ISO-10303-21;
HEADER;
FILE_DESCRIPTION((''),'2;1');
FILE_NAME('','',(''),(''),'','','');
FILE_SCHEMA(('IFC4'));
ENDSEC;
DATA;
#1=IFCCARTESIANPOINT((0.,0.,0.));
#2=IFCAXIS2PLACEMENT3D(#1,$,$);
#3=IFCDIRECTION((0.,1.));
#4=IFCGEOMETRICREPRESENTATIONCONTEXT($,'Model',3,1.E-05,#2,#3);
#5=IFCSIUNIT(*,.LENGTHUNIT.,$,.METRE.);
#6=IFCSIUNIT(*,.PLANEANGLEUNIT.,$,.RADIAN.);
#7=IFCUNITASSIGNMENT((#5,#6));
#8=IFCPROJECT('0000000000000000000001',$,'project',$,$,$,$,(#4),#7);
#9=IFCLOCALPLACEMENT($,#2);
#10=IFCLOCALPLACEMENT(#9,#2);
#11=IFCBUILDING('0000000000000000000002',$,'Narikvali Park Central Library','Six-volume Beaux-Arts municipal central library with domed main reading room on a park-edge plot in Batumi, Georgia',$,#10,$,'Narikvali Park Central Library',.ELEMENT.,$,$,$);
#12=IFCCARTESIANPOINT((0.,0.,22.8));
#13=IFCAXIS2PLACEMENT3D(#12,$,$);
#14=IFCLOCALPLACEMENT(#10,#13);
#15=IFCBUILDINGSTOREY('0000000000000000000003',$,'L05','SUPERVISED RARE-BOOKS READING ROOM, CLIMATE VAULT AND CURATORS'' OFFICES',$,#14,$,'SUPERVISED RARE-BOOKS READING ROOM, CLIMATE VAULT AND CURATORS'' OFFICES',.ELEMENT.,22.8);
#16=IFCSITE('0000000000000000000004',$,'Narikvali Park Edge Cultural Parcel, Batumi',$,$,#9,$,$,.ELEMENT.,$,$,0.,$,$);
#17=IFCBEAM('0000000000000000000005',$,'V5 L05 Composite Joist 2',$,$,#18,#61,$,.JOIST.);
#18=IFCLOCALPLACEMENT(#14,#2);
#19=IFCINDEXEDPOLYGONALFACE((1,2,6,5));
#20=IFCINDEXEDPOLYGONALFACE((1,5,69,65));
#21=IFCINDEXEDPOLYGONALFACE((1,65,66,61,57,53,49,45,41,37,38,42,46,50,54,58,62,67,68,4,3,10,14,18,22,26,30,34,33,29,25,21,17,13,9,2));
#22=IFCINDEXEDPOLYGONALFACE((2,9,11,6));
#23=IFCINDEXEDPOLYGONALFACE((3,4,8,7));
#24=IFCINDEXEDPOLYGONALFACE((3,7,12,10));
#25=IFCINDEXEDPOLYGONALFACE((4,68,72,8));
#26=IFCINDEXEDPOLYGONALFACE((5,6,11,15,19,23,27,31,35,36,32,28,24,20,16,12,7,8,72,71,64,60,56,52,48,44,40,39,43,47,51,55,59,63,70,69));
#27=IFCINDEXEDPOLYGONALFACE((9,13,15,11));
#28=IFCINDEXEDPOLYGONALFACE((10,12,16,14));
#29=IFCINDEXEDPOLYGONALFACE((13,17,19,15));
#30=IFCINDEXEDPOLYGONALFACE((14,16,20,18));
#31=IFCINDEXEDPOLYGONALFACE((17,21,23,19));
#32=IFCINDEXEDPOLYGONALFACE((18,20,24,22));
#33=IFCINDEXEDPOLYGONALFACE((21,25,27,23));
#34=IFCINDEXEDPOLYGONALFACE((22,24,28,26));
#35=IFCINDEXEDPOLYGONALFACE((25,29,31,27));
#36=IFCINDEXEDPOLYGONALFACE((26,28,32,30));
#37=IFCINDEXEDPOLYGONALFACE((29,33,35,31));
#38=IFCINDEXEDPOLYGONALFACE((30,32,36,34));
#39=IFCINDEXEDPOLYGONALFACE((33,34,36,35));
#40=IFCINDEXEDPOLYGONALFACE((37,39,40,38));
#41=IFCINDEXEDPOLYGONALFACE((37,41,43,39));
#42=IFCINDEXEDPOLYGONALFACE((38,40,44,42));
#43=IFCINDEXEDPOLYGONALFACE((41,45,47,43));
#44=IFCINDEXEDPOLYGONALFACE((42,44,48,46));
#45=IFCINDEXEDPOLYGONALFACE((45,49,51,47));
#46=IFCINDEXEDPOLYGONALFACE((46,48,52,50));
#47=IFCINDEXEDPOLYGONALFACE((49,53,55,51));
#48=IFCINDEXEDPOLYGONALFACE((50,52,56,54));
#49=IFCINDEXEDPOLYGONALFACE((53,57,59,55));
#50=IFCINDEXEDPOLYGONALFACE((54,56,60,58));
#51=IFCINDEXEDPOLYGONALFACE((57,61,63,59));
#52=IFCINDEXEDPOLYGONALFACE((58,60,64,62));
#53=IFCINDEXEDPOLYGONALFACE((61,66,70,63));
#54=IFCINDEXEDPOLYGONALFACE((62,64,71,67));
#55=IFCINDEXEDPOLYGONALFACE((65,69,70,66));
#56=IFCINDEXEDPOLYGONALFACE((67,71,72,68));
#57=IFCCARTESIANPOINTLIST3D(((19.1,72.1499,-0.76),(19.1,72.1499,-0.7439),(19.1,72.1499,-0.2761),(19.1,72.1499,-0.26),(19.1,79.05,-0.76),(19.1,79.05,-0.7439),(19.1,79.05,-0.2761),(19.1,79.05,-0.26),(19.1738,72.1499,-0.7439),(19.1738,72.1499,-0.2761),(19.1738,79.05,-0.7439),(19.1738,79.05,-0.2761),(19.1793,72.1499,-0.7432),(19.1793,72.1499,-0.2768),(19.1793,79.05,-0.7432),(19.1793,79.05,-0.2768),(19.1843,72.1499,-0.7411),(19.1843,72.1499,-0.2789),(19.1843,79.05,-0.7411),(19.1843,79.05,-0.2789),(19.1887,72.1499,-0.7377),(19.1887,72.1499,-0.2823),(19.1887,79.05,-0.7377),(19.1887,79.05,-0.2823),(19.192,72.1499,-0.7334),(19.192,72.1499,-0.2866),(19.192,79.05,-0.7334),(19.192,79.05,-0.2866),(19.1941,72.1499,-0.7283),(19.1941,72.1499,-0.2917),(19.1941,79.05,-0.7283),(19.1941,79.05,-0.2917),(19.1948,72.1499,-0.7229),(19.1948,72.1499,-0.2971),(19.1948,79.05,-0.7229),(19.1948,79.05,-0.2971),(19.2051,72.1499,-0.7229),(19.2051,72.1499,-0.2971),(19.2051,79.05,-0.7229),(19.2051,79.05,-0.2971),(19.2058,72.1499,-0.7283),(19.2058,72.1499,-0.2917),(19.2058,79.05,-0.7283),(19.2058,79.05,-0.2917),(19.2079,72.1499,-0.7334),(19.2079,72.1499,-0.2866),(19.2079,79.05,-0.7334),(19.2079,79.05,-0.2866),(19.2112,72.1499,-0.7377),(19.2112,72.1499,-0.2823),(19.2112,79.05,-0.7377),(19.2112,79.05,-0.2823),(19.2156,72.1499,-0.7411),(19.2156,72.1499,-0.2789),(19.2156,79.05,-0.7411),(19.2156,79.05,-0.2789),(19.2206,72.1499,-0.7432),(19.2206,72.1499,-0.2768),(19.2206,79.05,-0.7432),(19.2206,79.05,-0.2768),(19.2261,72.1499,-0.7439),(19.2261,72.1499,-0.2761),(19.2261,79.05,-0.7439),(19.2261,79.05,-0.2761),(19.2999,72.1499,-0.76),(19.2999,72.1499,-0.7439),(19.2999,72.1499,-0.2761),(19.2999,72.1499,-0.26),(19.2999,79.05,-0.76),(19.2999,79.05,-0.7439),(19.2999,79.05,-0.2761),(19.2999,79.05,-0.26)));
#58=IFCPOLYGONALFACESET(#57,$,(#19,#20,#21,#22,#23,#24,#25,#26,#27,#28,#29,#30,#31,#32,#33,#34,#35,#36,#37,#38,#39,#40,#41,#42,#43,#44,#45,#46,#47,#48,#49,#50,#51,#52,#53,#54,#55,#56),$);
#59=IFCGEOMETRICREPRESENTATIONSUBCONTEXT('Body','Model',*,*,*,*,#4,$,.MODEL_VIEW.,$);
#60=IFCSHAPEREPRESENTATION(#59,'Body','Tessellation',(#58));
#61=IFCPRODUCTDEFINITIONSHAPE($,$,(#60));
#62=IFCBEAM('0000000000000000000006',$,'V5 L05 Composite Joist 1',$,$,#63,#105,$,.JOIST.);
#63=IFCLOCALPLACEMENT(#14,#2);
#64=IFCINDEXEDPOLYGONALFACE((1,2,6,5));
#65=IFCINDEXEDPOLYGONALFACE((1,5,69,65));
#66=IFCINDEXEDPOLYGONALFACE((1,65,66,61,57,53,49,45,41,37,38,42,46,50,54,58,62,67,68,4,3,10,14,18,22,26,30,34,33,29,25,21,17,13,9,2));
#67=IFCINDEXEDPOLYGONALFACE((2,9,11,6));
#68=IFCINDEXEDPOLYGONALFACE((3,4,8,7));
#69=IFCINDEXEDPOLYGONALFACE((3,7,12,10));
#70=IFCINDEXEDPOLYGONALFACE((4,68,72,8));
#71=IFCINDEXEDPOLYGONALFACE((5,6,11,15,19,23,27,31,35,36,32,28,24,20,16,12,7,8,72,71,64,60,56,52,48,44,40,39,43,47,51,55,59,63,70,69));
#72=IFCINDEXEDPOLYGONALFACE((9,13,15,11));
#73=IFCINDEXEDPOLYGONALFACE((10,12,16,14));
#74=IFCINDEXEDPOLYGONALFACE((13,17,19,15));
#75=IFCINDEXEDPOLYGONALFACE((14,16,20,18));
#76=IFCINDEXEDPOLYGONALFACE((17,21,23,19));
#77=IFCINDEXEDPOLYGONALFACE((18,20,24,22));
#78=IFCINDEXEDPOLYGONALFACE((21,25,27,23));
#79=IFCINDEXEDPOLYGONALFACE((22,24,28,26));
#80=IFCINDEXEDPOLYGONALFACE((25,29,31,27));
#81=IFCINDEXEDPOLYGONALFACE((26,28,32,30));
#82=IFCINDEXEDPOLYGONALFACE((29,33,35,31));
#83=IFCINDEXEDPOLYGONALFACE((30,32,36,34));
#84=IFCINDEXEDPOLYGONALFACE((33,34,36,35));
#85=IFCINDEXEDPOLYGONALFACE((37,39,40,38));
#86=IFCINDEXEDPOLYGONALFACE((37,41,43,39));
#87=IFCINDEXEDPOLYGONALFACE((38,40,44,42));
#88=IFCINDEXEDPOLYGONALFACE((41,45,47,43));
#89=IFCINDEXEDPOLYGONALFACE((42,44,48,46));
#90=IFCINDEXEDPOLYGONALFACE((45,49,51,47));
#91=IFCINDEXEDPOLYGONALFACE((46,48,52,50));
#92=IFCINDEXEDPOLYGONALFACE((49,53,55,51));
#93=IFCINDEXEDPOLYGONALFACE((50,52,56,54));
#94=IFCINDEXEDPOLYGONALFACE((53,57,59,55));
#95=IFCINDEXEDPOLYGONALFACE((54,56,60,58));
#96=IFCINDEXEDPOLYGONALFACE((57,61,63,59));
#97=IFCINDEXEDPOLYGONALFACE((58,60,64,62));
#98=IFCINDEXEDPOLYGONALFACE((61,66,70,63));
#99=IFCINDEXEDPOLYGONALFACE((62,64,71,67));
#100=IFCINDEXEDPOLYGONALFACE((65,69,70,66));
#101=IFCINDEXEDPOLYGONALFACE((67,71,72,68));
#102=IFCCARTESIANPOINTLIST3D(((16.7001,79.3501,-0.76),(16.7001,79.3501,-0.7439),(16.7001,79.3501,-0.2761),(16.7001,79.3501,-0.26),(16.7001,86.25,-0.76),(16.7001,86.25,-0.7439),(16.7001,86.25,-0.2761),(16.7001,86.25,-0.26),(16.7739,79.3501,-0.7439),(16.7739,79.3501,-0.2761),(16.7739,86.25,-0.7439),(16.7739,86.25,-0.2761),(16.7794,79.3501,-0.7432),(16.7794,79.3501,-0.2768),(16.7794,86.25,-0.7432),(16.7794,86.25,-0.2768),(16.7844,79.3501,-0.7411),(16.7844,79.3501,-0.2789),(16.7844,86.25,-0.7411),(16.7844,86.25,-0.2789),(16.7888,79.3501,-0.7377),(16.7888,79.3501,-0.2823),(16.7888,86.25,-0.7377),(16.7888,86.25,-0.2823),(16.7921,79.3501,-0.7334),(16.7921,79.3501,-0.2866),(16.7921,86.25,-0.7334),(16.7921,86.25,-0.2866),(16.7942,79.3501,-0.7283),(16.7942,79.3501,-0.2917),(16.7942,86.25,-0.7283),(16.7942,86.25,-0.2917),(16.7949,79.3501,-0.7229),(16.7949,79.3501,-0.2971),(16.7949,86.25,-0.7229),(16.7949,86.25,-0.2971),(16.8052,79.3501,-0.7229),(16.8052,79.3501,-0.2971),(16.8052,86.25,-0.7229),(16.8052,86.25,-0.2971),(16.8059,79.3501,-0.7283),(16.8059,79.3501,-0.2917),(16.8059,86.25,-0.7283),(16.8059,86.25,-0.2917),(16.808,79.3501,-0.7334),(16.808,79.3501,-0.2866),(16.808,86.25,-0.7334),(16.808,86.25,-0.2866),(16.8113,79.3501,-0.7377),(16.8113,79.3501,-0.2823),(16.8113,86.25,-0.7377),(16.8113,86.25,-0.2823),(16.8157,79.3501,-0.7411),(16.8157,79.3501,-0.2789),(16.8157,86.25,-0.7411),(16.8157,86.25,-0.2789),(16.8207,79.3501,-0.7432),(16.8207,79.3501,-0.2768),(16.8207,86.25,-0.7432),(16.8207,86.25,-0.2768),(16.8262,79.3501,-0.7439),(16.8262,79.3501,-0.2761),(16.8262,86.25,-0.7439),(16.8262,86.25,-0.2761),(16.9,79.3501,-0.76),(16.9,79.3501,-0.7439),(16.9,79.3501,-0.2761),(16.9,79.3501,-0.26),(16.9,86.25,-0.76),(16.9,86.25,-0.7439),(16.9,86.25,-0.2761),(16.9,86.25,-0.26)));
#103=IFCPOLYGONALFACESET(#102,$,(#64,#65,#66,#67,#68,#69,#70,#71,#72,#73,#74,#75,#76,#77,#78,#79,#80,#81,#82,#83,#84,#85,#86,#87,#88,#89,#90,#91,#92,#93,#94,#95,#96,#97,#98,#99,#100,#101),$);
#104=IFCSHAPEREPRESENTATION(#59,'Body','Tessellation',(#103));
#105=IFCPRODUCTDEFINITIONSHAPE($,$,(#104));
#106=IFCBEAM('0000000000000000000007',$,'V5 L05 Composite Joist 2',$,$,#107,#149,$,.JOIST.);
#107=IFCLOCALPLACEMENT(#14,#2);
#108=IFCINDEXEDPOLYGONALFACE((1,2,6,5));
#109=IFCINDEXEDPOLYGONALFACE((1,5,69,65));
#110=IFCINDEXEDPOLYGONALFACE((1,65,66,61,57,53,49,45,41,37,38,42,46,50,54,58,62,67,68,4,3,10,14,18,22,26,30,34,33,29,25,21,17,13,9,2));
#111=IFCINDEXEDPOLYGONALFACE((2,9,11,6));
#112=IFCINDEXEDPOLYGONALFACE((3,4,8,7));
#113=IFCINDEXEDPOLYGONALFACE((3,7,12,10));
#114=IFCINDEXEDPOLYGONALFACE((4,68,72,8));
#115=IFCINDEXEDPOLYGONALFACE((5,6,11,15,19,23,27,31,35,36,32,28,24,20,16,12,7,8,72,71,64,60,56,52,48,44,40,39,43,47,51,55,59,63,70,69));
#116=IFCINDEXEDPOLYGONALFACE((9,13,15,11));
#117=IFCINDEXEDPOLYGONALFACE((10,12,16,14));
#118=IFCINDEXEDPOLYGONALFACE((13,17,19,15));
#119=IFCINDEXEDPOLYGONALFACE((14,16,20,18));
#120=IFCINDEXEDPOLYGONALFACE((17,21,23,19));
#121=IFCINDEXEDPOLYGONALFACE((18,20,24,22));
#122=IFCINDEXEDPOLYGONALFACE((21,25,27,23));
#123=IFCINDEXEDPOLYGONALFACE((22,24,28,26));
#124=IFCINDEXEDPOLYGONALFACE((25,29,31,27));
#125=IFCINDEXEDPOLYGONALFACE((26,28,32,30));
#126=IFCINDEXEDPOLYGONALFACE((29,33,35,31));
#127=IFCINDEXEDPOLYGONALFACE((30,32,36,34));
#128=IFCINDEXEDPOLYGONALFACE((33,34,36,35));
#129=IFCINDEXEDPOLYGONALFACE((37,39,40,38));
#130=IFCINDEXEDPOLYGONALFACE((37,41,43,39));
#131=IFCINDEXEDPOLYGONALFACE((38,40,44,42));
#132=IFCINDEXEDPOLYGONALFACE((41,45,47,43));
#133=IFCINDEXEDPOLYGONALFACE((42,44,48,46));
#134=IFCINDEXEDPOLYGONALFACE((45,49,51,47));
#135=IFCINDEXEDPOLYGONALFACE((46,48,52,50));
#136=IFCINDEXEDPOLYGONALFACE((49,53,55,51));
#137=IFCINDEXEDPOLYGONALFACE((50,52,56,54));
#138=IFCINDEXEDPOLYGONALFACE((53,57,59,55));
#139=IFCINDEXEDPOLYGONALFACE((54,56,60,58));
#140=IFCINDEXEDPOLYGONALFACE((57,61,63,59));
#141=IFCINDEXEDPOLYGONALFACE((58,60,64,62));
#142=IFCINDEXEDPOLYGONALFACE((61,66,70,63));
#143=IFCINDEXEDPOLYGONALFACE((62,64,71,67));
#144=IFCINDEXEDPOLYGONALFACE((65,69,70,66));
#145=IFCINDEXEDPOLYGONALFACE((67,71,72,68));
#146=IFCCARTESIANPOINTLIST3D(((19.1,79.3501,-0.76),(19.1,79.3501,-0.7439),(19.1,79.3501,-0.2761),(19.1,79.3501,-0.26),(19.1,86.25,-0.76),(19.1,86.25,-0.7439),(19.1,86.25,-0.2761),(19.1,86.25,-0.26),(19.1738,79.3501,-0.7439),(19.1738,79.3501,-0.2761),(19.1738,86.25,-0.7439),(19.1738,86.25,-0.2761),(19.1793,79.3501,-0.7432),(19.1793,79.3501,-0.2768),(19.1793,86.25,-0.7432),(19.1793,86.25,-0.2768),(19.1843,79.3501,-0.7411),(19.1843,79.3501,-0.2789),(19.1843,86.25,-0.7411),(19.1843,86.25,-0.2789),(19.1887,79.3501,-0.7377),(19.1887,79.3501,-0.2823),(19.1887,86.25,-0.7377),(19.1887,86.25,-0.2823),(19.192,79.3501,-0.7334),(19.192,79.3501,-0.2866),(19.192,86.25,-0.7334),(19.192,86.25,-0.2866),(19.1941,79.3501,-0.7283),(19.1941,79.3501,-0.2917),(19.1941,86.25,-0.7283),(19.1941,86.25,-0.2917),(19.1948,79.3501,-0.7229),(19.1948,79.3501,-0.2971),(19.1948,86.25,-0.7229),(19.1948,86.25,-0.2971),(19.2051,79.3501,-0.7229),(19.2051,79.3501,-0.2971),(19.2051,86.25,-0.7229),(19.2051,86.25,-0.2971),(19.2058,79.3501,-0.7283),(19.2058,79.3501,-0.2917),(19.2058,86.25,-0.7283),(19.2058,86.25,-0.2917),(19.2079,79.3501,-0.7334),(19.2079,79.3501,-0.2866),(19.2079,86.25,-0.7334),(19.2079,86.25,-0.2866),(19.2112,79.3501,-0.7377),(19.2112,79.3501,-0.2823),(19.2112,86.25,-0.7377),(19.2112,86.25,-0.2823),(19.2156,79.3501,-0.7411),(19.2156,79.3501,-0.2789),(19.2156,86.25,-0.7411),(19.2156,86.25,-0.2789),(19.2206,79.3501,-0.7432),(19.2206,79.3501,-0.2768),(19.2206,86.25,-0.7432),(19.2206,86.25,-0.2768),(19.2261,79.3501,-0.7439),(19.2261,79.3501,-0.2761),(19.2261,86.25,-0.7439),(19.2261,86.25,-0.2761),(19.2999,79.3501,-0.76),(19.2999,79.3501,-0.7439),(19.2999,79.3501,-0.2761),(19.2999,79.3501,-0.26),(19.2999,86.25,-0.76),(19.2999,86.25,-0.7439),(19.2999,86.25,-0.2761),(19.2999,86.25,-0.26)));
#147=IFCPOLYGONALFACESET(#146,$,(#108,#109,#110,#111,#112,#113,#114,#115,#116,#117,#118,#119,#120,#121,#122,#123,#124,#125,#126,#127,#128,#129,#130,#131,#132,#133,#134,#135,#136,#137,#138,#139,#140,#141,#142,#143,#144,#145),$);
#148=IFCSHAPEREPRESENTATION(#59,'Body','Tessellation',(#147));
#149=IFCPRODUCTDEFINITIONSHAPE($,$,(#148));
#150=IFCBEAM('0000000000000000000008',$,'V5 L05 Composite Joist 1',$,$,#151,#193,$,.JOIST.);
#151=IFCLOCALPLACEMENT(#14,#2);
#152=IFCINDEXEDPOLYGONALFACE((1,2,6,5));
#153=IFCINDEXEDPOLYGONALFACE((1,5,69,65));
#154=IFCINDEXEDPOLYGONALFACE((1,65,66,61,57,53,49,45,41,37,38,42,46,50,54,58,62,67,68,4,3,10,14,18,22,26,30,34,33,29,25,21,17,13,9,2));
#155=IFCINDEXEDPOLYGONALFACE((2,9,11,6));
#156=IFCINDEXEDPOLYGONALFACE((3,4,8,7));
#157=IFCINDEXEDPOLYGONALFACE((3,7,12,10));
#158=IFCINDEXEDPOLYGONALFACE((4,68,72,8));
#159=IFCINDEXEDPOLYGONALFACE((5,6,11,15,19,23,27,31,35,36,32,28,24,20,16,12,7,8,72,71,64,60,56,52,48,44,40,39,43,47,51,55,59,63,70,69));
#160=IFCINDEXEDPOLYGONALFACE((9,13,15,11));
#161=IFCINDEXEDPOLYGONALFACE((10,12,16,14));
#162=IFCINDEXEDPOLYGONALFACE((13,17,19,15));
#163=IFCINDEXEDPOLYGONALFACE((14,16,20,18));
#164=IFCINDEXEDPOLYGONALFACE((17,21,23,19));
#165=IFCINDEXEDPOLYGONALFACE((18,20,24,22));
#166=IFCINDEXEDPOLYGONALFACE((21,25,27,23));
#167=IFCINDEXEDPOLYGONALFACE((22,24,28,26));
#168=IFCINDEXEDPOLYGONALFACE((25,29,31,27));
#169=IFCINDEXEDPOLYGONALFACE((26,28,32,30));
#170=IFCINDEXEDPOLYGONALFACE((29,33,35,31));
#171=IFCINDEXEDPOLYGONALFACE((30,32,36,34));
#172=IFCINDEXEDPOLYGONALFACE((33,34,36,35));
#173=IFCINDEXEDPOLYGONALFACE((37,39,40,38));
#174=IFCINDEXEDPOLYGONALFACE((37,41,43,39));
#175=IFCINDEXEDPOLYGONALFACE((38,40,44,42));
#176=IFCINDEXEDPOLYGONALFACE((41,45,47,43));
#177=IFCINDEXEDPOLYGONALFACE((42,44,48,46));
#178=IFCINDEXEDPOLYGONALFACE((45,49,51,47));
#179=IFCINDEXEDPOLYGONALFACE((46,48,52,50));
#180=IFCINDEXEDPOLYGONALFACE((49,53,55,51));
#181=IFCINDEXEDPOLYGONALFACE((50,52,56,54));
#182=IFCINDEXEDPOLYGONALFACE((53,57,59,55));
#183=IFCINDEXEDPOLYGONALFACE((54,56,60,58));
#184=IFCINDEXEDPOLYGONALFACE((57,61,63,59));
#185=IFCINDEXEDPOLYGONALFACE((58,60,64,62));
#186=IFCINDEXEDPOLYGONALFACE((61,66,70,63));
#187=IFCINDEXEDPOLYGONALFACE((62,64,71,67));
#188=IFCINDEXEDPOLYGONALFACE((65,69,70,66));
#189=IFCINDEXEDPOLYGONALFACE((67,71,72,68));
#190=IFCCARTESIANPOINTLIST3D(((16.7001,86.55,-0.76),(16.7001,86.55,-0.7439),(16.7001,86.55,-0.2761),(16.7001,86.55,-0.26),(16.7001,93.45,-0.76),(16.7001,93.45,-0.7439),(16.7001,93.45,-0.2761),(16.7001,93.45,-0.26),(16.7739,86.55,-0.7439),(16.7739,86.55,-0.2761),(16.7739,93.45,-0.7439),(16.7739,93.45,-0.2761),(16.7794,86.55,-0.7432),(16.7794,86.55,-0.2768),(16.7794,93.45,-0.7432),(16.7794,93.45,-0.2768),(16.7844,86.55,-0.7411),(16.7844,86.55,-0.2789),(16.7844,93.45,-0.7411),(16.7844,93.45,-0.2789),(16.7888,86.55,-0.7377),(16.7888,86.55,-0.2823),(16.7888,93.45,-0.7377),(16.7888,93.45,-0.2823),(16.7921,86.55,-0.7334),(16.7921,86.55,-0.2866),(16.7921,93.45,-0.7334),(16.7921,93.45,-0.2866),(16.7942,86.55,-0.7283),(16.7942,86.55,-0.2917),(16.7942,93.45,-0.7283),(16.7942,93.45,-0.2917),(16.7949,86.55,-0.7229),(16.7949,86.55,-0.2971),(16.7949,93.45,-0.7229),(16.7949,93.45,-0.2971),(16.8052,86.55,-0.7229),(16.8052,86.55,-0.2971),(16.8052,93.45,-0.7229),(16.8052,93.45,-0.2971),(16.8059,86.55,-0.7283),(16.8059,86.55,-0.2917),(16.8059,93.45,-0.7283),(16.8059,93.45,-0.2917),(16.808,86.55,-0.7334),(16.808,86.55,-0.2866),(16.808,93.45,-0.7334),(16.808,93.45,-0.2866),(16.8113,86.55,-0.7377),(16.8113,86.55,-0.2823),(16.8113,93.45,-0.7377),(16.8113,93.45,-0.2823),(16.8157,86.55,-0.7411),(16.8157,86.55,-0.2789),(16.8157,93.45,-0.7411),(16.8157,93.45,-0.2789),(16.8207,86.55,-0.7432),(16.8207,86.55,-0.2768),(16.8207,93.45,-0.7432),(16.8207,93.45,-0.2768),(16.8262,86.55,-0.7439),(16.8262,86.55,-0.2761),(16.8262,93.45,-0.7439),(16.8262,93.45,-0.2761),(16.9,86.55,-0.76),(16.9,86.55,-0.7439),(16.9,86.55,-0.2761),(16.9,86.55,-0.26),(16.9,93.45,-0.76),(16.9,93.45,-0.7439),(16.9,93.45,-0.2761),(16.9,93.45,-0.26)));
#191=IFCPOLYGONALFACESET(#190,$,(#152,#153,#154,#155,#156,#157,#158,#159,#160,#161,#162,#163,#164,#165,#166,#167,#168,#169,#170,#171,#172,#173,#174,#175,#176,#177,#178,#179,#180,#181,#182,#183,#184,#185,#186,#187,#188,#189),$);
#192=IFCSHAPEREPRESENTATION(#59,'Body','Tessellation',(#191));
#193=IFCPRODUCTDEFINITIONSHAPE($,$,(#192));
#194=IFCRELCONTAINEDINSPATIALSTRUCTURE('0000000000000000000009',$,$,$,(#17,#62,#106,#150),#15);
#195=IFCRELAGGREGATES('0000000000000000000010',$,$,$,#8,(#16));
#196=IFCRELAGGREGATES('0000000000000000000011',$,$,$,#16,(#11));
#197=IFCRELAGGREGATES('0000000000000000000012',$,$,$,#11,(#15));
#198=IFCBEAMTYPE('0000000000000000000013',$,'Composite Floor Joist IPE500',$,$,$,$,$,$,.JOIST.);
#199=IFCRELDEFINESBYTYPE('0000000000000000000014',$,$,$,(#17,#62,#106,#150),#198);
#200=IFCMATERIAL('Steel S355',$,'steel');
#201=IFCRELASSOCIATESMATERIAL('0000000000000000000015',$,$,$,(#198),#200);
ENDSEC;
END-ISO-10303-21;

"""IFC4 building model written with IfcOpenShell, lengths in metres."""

from ifc_helpers import new_model, si_unit, direction, frame, origin, origin_2d, place, context, subcontext, project, spatial, i_section, extrude, material, material_profile, profile_set, type_object, element, save


model = new_model("IFC4")

# Units and contexts
model_context = context("Model", 3, precision=1e-05, world=origin(), true_north=direction((0.0, 1.0)))
body_context = subcontext(model_context, "Body", "Model", "MODEL_VIEW")
ifc_project = project(units=[si_unit("LENGTHUNIT", "METRE"), si_unit("PLANEANGLEUNIT", "RADIAN")], contexts=[model_context])

# Site, building, storey
site_placement = place(None, origin())
site = spatial("IfcSite", under=ifc_project, at=site_placement, Name="Narikvali Park Edge Cultural Parcel, Batumi", CompositionType="ELEMENT", RefElevation=0.0)
building_placement = place(site_placement, origin())
building = spatial("IfcBuilding", under=site, at=building_placement, Name="Narikvali Park Central Library", Description="Six-volume Beaux-Arts municipal central library with domed main reading room on a park-edge plot in Batumi, Georgia", LongName="Narikvali Park Central Library", CompositionType="ELEMENT")
storey_placement = place(building_placement, frame((0.0, 0.0, 22.8)))
storey = spatial("IfcBuildingStorey", under=building, at=storey_placement, Name="L05", Description="SUPERVISED RARE-BOOKS READING ROOM, CLIMATE VAULT AND CURATORS' OFFICES", LongName="SUPERVISED RARE-BOOKS READING ROOM, CLIMATE VAULT AND CURATORS' OFFICES", CompositionType="ELEMENT", Elevation=22.8)

# Shared definitions
ifc_material_1 = material(Name="Steel S355", Category="steel")

# Beams
ifc_material_profile_1 = material_profile(ifc_material_1, i_section(OverallWidth=0.2, OverallDepth=0.5, WebThickness=0.0103, FlangeThickness=0.0161, FilletRadius=0.021, at=origin_2d()), Name="IPE 500")
ifc_profile_set_1 = profile_set([ifc_material_profile_1], Name="Steel S355")
beam_type_1 = type_object("IfcBeamType", Name="Composite Floor Joist IPE500", PredefinedType="JOIST", material=ifc_profile_set_1)
for number, where, z_axis, x_axis, name in (
    (1, (19.2, 72.1499, -0.51), (0.0, 1.0, 0.0), (-1.0, 0.0, 0.0), "V5 L05 Composite Joist 2"),
):
    element("IfcBeam", number, at=place(storey_placement, frame(where, z_axis=z_axis, x_axis=x_axis)), inside=storey, type_object=beam_type_1, Name=name, PredefinedType="JOIST", context=body_context, shape_type="SweptSolid", body=[
        extrude(i_section(OverallWidth=0.2, OverallDepth=0.5, WebThickness=0.0103, FlangeThickness=0.0161, FilletRadius=0.021, at=origin_2d()), origin(), (0.0, 0.0, 1.0), 6.9001),
    ])
for number, where, z_axis, x_axis, name in (
    (2, (16.8, 79.3501, -0.51), (0.0, 1.0, 0.0), (-1.0, 0.0, 0.0), "V5 L05 Composite Joist 1"),
    (3, (19.2, 79.3501, -0.51), (0.0, 1.0, 0.0), (-1.0, 0.0, 0.0), "V5 L05 Composite Joist 2"),
    (4, (16.8, 86.55, -0.51), (0.0, 1.0, 0.0), (-1.0, 0.0, 0.0), "V5 L05 Composite Joist 1"),
):
    element("IfcBeam", number, at=place(storey_placement, frame(where, z_axis=z_axis, x_axis=x_axis)), inside=storey, type_object=beam_type_1, Name=name, PredefinedType="JOIST", context=body_context, shape_type="SweptSolid", body=[
        extrude(i_section(OverallWidth=0.2, OverallDepth=0.5, WebThickness=0.0103, FlangeThickness=0.0161, FilletRadius=0.021, at=origin_2d()), origin(), (0.0, 0.0, 1.0), 6.8999),
    ])

save(model, "model.ifc")
